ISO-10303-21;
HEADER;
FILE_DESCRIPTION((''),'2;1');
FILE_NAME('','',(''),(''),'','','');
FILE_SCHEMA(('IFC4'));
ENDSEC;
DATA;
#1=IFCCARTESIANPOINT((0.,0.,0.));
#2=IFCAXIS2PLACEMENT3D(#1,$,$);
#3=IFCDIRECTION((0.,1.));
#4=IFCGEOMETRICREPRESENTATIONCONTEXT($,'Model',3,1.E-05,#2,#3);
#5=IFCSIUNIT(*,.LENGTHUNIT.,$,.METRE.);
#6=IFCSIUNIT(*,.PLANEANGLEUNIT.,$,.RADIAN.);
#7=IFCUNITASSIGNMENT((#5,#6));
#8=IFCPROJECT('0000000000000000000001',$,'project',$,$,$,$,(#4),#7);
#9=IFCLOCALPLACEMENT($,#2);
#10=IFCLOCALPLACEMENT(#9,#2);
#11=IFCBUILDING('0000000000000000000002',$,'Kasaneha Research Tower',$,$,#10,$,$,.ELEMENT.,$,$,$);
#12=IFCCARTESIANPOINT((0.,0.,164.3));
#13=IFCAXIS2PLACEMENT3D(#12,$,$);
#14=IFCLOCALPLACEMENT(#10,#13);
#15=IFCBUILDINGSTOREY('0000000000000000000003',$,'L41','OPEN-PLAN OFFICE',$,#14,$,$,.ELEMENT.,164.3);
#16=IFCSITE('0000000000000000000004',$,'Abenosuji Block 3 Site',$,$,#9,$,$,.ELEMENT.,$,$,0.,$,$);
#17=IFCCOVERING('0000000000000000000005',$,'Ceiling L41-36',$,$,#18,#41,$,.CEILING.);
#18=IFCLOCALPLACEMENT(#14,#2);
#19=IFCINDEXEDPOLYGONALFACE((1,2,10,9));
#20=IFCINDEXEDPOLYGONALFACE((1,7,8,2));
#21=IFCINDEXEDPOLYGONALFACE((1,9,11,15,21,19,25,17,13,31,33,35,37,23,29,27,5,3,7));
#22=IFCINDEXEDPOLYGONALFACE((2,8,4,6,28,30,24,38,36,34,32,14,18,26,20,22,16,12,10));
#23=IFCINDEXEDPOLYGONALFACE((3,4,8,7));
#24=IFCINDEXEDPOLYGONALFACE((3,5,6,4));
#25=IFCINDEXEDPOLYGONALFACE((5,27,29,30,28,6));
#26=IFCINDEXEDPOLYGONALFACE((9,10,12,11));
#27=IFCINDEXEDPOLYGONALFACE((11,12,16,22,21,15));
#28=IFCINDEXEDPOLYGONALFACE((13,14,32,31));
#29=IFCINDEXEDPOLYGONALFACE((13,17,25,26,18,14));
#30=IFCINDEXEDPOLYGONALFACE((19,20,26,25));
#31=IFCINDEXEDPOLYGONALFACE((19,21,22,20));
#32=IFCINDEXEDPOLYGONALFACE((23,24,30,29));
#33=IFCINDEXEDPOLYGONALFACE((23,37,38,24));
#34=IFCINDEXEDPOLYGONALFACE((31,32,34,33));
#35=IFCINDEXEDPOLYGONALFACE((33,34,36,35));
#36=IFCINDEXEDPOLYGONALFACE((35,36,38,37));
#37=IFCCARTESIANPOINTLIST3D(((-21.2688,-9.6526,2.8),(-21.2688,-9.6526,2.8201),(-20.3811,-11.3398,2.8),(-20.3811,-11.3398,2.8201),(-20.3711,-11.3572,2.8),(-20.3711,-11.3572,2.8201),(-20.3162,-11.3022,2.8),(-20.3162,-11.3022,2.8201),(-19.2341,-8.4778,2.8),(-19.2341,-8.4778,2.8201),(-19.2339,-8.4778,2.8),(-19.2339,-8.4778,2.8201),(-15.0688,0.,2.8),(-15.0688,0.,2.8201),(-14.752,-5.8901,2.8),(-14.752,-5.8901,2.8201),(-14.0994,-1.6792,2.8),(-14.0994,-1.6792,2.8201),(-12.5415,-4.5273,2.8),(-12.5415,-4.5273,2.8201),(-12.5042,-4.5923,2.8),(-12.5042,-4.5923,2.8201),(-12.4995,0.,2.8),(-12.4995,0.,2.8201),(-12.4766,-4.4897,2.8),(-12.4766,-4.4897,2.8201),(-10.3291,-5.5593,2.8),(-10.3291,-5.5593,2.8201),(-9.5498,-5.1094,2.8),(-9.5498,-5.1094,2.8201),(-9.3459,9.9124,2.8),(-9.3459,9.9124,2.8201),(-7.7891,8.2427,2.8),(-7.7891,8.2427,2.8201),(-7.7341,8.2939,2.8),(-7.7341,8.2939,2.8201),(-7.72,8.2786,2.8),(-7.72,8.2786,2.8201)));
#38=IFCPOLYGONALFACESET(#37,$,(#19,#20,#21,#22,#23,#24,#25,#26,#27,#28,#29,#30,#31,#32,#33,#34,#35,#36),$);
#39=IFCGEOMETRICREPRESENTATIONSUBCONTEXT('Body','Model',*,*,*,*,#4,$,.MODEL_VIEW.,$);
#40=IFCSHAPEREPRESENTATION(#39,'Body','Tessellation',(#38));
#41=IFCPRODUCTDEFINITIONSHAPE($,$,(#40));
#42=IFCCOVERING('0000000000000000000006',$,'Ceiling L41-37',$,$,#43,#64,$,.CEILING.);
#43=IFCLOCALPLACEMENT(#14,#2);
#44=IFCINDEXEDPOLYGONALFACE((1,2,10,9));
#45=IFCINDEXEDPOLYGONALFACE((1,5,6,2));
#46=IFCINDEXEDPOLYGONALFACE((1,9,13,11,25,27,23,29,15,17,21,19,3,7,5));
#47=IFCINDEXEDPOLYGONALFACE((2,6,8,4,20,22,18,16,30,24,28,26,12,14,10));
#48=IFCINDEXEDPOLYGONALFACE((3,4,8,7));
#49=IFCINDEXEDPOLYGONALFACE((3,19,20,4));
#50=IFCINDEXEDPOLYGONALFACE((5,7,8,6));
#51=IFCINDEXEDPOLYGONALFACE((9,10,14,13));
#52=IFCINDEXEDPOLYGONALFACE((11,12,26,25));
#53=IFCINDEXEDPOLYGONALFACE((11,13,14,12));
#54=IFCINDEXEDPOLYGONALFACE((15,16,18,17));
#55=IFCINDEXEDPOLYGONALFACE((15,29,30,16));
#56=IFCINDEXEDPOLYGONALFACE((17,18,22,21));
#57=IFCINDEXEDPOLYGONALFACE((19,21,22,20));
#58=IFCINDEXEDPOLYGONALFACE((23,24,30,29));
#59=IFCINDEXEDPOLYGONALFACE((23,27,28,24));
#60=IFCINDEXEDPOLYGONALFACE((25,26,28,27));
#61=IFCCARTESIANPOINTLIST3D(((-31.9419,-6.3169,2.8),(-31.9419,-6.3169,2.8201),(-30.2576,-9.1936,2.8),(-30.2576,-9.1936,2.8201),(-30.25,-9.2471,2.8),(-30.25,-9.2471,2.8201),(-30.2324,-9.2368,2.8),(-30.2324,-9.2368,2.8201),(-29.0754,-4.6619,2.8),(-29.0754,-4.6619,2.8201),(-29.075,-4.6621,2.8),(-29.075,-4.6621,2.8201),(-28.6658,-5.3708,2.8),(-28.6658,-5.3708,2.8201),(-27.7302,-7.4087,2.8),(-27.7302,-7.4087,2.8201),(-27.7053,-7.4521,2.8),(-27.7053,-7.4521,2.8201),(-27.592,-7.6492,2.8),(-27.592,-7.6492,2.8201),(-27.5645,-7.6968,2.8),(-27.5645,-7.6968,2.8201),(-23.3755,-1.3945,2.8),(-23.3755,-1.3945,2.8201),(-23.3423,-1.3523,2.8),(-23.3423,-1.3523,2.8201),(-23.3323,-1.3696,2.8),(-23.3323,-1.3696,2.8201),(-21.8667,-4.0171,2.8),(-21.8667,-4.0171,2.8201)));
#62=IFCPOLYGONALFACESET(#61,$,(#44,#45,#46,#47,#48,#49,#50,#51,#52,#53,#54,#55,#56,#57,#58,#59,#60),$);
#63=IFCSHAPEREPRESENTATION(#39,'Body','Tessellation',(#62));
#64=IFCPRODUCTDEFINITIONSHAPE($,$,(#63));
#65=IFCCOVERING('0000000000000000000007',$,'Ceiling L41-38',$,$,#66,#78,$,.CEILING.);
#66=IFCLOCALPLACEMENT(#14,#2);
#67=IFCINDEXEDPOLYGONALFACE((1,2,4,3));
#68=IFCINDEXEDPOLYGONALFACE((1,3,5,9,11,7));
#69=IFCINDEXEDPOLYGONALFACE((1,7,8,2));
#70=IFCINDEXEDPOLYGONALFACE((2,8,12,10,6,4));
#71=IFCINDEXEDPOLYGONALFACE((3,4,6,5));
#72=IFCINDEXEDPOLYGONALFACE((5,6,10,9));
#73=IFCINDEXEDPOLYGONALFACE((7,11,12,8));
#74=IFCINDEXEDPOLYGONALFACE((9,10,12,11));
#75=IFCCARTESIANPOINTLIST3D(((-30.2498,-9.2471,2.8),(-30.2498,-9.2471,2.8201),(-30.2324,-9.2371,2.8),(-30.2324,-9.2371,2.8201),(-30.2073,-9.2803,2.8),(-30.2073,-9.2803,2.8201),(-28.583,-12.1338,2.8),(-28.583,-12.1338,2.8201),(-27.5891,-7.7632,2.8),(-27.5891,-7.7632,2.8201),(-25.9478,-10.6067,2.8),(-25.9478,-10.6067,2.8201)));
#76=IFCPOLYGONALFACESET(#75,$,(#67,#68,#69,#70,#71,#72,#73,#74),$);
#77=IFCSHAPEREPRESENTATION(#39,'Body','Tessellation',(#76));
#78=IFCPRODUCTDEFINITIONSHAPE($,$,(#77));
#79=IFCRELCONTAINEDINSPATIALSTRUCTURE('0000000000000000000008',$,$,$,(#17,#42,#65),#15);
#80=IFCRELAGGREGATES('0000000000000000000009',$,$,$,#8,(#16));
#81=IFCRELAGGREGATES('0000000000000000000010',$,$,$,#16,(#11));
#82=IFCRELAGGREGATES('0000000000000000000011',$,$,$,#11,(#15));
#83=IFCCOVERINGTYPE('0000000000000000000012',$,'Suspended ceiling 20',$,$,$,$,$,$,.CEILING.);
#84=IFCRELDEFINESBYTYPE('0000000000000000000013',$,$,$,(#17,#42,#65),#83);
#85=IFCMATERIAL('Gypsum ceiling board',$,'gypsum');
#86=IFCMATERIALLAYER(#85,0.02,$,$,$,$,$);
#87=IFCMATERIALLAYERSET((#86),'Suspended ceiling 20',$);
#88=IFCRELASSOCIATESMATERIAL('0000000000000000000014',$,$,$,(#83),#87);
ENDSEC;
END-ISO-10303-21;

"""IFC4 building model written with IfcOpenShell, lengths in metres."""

from ifc_helpers import new_model, si_unit, direction, frame, origin, place, context, subcontext, project, spatial, polyline, outline, extrude, material, layer, layer_set, type_object, element, save


model = new_model("IFC4")

# Units and contexts
model_context = context("Model", 3, precision=1e-05, world=origin(), true_north=direction((0.0, 1.0)))
body_context = subcontext(model_context, "Body", "Model", "MODEL_VIEW")
ifc_project = project(units=[si_unit("LENGTHUNIT", "METRE"), si_unit("PLANEANGLEUNIT", "RADIAN")], contexts=[model_context])

# Site, building, storey
site_placement = place(None, origin())
site = spatial("IfcSite", under=ifc_project, at=site_placement, Name="Abenosuji Block 3 Site", CompositionType="ELEMENT", RefElevation=0.0)
building_placement = place(site_placement, origin())
building = spatial("IfcBuilding", under=site, at=building_placement, Name="Kasaneha Research Tower", CompositionType="ELEMENT")
storey_placement = place(building_placement, frame((0.0, 0.0, 164.3)))
storey = spatial("IfcBuildingStorey", under=building, at=storey_placement, Name="L41", Description="OPEN-PLAN OFFICE", CompositionType="ELEMENT", Elevation=164.3)

# Coverings
ifc_material_1 = material(Name="Gypsum ceiling board", Category="gypsum")
ifc_layer_1 = layer(ifc_material_1, 0.02)
ifc_layer_set_1 = layer_set([ifc_layer_1], Name="Suspended ceiling 20")
covering_type_1 = type_object("IfcCoveringType", Name="Suspended ceiling 20", PredefinedType="CEILING", material=ifc_layer_set_1)
covering_1_placement = place(storey_placement, frame((0.0, 0.0, 2.8)))
element("IfcCovering", 1, at=covering_1_placement, inside=storey, type_object=covering_type_1, Name="Ceiling L41-36", PredefinedType="CEILING", context=body_context, shape_type="SweptSolid", body=[
    extrude(outline(polyline([(-9.5498, -5.1094), (-10.3291, -5.5593), (-10.3291, -5.5593), (-20.3711, -11.3572), (-20.3811, -11.3398), (-20.3162, -11.3022), (-21.2688, -9.6526), (-19.2341, -8.4778), (-19.2339, -8.4778), (-14.752, -5.8901), (-14.752, -5.8901), (-12.5042, -4.5923), (-12.5415, -4.5273), (-12.4766, -4.4897), (-14.0994, -1.6792), (-14.0994, -1.6792), (-15.0688, 0.0), (-9.3459, 9.9124), (-7.7891, 8.2427), (-7.7341, 8.2939), (-7.72, 8.2786), (-12.4995, 0.0), (-9.5498, -5.1094)])), origin(), (0.0, 0.0, 1.0), 0.02),
])
covering_2_placement = place(storey_placement, frame((0.0, 0.0, 2.8)))
element("IfcCovering", 2, at=covering_2_placement, inside=storey, type_object=covering_type_1, Name="Ceiling L41-37", PredefinedType="CEILING", context=body_context, shape_type="SweptSolid", body=[
    extrude(outline(polyline([(-23.3323, -1.3696), (-23.3755, -1.3945), (-21.8667, -4.0171), (-27.7302, -7.4087), (-27.7053, -7.4521), (-27.7053, -7.4521), (-27.5645, -7.6968), (-27.5645, -7.6968), (-27.592, -7.6492), (-30.2576, -9.1936), (-30.2324, -9.2368), (-30.25, -9.2471), (-31.9419, -6.3169), (-29.0754, -4.6619), (-28.6658, -5.3708), (-29.075, -4.6621), (-23.3423, -1.3523), (-23.3323, -1.3696)])), origin(), (0.0, 0.0, 1.0), 0.02),
])
covering_3_placement = place(storey_placement, frame((0.0, 0.0, 2.8)))
element("IfcCovering", 3, at=covering_3_placement, inside=storey, type_object=covering_type_1, Name="Ceiling L41-38", PredefinedType="CEILING", context=body_context, shape_type="SweptSolid", body=[
    extrude(outline(polyline([(-30.2498, -9.2471), (-30.2324, -9.2371), (-30.2073, -9.2803), (-27.5891, -7.7632), (-25.9478, -10.6067), (-28.583, -12.1338), (-30.2498, -9.2471)])), origin(), (0.0, 0.0, 1.0), 0.02),
])

save(model, "model.ifc")
